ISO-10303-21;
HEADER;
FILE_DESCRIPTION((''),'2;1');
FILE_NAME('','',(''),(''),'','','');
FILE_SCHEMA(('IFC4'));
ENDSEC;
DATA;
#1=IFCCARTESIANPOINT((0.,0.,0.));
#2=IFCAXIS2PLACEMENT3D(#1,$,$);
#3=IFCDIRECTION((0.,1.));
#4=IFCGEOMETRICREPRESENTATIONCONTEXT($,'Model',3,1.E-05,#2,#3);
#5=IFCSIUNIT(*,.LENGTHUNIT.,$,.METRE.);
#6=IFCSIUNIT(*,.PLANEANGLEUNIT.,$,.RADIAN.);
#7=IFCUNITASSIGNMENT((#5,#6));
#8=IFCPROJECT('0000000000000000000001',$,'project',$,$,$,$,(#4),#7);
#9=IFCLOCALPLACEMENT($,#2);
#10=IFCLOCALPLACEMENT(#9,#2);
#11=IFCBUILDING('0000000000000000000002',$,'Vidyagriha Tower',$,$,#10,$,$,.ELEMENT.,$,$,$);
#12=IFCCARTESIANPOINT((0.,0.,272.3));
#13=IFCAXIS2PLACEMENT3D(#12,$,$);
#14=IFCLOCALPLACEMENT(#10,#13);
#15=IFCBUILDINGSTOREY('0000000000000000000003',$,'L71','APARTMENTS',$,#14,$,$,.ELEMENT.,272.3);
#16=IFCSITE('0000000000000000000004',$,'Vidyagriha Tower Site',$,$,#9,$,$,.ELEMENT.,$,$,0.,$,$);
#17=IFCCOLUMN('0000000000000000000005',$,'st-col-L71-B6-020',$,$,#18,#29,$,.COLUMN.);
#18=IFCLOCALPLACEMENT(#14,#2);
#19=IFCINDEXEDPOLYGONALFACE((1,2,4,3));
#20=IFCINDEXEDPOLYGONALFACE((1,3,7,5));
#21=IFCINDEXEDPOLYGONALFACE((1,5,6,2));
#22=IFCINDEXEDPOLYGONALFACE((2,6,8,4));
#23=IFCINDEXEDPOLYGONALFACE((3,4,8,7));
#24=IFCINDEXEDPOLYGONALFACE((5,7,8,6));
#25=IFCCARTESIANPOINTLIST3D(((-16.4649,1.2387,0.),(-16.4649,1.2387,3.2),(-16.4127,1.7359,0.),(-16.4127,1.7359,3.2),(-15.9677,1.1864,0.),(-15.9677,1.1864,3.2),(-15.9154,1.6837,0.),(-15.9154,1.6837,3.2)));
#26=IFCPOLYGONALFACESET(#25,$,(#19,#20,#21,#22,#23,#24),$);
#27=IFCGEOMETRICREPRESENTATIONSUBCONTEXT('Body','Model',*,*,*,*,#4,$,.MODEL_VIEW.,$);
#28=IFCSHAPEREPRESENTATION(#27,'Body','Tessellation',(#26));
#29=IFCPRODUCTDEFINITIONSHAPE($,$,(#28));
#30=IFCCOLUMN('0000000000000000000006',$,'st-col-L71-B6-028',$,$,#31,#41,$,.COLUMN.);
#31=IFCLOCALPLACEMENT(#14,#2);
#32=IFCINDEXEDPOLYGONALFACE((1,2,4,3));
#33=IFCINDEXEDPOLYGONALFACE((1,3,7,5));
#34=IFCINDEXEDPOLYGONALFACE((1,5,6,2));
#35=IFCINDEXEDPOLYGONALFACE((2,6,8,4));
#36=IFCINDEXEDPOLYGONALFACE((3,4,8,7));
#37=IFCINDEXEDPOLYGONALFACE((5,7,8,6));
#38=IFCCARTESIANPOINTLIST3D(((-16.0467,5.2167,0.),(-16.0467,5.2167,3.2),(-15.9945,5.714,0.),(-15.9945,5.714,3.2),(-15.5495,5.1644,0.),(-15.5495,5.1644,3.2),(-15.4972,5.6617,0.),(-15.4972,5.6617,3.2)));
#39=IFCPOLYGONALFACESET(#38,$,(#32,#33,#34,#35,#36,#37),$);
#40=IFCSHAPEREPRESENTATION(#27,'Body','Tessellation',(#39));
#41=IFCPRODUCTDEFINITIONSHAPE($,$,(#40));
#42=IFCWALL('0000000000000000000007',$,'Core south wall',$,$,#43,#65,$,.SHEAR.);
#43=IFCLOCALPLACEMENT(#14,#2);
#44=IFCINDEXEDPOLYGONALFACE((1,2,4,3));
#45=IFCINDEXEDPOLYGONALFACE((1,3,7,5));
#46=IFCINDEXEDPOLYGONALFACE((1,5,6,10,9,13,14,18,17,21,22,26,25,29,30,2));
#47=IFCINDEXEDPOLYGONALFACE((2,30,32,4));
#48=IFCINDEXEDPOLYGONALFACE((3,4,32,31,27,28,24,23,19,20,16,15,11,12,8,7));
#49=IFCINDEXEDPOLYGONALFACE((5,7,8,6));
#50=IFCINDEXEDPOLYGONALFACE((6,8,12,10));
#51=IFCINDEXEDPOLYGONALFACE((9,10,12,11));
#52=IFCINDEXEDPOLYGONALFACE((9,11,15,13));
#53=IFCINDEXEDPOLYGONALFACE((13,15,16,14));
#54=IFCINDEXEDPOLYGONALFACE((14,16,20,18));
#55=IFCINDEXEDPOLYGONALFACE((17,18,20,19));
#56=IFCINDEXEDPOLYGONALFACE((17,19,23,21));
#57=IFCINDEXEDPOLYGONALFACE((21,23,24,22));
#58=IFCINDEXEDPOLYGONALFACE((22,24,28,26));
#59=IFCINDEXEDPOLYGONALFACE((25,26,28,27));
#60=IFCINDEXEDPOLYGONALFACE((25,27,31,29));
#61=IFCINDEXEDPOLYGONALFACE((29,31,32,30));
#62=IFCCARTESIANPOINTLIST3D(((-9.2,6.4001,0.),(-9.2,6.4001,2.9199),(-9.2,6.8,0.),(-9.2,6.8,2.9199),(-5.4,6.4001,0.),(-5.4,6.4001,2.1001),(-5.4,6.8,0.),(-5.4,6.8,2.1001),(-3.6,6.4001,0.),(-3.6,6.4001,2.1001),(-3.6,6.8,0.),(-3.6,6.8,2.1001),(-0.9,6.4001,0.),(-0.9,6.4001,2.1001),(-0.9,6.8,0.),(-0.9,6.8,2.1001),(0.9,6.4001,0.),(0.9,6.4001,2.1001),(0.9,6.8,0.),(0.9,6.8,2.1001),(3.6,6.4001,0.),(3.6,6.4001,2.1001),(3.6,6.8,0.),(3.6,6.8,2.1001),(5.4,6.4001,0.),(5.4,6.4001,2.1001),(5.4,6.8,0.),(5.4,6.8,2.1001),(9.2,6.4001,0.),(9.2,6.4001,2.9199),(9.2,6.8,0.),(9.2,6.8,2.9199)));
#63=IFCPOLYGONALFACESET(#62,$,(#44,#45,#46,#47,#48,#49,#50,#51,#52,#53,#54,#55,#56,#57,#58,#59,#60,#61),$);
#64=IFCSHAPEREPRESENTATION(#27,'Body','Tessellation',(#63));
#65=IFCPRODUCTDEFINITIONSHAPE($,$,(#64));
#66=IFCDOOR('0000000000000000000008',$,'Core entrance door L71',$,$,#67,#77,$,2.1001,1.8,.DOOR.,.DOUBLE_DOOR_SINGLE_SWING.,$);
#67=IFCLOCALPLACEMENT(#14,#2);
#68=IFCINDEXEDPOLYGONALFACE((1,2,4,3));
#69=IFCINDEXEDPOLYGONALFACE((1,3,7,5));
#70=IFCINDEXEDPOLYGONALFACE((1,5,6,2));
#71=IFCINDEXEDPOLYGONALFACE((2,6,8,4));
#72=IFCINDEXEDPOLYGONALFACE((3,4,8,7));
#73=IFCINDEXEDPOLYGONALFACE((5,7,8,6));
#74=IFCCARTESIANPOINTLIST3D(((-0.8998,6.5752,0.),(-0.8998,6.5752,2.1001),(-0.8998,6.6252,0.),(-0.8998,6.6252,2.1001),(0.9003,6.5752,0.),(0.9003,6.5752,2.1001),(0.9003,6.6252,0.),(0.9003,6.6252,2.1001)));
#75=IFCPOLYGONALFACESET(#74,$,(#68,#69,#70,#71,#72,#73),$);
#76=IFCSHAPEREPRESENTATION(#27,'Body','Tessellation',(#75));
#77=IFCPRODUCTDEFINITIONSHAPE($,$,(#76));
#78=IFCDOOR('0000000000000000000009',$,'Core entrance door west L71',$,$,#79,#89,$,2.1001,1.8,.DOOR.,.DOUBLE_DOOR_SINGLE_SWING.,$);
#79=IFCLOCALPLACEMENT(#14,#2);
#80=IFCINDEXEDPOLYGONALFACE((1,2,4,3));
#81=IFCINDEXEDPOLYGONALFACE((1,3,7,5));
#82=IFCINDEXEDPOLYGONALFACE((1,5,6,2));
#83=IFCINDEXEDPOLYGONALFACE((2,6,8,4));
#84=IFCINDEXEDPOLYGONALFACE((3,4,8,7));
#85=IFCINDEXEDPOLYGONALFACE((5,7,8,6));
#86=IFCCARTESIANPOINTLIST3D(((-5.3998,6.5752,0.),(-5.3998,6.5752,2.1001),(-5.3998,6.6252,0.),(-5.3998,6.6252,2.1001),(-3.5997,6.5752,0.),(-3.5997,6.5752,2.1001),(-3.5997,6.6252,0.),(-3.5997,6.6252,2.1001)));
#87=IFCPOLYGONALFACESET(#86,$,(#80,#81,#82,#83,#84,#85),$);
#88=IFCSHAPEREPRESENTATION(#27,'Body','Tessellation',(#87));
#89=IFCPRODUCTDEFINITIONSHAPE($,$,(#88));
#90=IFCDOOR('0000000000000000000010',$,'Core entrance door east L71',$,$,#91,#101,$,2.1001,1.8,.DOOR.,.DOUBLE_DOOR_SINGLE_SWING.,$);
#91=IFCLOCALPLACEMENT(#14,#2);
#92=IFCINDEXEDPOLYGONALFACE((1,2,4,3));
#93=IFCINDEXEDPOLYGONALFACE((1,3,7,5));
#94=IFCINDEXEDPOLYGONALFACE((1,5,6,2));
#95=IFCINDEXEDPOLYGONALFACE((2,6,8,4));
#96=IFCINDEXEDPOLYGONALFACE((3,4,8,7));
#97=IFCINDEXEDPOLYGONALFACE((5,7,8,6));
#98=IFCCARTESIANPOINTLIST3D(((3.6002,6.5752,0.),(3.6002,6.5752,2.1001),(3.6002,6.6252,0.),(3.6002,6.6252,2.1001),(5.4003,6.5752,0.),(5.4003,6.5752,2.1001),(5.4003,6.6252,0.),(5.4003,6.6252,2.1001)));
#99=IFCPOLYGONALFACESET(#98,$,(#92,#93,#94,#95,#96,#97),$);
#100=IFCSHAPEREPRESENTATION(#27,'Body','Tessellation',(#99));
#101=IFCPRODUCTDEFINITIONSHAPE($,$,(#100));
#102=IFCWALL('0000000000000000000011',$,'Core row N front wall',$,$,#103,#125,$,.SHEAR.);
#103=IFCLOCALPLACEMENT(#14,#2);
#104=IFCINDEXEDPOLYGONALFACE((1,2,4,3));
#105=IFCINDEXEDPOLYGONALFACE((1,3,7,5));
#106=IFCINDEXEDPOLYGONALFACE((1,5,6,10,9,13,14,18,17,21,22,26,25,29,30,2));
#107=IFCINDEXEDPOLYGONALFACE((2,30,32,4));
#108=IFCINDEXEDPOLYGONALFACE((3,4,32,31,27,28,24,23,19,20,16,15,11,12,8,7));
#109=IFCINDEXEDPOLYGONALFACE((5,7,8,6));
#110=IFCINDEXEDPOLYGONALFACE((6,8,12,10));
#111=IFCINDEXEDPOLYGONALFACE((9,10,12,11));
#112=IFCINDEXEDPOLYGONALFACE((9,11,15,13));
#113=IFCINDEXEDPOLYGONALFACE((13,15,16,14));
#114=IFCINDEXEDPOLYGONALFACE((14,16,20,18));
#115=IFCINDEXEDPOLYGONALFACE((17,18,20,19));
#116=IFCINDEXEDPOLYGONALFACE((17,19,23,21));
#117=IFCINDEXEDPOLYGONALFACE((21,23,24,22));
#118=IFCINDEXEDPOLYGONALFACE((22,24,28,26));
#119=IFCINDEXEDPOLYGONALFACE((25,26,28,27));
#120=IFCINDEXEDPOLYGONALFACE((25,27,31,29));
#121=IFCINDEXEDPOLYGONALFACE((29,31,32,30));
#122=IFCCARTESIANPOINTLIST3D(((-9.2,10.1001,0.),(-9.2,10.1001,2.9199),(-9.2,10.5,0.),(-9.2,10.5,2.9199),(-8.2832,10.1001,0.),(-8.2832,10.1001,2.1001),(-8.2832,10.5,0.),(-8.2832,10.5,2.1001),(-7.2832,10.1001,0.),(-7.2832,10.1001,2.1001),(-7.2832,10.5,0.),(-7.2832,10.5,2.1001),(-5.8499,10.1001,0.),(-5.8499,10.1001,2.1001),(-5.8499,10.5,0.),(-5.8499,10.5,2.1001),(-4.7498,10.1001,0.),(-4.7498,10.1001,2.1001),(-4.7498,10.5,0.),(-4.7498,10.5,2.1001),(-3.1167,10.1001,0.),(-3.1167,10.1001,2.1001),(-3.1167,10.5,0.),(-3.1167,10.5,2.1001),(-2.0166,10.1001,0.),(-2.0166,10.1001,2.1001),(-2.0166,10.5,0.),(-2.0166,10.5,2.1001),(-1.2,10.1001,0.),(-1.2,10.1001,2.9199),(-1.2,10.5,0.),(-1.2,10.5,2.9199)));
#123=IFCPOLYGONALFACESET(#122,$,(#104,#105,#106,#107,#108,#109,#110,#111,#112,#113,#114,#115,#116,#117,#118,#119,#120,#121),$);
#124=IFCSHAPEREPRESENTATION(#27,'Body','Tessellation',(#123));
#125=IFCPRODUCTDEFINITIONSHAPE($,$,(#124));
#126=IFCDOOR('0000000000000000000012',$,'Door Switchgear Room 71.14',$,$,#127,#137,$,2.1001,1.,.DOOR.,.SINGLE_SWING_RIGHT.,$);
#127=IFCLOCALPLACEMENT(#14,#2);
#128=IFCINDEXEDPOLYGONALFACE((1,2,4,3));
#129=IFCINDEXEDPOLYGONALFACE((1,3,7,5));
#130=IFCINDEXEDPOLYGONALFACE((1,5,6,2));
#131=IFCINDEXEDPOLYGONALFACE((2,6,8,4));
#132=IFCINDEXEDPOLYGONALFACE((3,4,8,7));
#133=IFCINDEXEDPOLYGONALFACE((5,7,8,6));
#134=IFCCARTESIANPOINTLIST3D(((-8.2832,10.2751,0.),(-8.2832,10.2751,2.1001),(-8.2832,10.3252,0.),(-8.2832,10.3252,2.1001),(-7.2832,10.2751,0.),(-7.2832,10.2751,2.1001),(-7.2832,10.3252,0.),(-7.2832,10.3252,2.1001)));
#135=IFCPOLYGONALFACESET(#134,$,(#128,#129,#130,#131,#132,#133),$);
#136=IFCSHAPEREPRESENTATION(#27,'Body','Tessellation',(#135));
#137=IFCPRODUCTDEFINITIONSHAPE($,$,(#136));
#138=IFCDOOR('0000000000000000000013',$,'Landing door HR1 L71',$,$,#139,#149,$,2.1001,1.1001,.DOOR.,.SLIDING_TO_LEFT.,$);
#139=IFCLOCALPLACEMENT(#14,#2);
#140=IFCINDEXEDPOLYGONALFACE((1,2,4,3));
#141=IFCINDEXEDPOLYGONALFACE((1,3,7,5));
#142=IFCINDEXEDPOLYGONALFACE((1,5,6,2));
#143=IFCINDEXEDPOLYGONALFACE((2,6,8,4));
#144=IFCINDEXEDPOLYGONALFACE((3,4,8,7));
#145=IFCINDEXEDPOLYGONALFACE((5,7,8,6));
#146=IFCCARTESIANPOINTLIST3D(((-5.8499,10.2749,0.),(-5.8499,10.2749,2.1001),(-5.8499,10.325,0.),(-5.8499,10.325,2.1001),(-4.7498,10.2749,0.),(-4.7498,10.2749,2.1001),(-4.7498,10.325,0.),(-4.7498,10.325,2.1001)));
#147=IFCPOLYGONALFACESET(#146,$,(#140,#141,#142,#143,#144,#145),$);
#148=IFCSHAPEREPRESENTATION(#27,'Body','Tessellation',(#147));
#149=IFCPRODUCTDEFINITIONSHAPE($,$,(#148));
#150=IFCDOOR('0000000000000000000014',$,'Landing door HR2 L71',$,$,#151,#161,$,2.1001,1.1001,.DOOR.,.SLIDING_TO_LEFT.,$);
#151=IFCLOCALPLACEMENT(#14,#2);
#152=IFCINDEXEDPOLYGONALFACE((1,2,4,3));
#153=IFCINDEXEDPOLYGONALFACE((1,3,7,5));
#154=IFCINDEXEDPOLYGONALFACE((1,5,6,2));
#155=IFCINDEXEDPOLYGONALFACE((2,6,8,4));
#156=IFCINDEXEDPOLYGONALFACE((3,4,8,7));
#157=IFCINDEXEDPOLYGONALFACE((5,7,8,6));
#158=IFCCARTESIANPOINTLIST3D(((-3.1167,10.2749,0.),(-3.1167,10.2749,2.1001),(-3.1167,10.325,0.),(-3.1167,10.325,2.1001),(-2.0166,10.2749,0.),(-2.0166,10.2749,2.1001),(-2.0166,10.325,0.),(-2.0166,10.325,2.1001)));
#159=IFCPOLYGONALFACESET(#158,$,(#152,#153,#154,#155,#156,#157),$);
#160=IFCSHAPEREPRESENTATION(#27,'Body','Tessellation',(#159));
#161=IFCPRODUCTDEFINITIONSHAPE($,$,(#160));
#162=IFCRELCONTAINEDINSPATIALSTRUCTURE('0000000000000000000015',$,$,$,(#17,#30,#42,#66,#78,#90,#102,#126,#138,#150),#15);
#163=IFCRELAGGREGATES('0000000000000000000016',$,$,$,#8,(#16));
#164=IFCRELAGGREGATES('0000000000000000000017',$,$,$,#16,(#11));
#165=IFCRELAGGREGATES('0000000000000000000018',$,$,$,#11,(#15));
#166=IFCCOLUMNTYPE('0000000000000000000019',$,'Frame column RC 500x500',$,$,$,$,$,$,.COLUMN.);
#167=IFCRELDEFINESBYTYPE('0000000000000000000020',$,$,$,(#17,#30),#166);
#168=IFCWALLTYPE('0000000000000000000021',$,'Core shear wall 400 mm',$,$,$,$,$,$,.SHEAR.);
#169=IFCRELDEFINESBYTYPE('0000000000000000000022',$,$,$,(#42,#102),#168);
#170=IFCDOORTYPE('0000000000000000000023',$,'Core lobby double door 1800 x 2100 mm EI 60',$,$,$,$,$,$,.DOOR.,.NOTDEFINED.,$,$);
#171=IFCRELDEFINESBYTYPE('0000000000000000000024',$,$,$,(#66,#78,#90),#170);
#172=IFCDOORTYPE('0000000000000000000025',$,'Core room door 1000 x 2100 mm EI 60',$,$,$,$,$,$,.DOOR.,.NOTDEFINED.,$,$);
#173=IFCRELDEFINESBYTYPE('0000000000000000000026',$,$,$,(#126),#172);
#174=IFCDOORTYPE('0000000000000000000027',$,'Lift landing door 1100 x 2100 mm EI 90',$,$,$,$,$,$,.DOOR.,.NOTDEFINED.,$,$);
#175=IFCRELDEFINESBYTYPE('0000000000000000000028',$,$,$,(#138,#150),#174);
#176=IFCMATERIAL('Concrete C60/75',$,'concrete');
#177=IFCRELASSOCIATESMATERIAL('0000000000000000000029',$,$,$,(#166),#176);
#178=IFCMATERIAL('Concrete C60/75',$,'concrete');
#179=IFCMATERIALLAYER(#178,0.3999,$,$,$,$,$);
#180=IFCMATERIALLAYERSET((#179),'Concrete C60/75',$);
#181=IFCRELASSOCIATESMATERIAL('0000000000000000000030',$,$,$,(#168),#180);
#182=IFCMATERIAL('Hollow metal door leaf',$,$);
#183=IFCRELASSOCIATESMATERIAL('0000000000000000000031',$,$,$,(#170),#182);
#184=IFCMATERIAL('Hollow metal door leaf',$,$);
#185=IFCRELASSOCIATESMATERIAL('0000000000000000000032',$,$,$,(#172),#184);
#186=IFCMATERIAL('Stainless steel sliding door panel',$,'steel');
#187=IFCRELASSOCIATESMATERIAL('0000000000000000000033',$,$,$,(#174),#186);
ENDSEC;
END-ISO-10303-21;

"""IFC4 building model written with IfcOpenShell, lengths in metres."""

from ifc_helpers import new_model, si_unit, direction, frame, frame_2d, origin, origin_2d, place, context, subcontext, project, spatial, rectangle, extrude, material, layer, layer_set, material_profile, profile_set, type_object, element, fill, save


model = new_model("IFC4")

# Units and contexts
model_context = context("Model", 3, precision=1e-05, world=origin(), true_north=direction((0.0, 1.0)))
body_context = subcontext(model_context, "Body", "Model", "MODEL_VIEW")
ifc_project = project(units=[si_unit("LENGTHUNIT", "METRE"), si_unit("PLANEANGLEUNIT", "RADIAN")], contexts=[model_context])

# Site, building, storey
site_placement = place(None, origin())
site = spatial("IfcSite", under=ifc_project, at=site_placement, Name="Vidyagriha Tower Site", CompositionType="ELEMENT", RefElevation=0.0)
building_placement = place(site_placement, origin())
building = spatial("IfcBuilding", under=site, at=building_placement, Name="Vidyagriha Tower", CompositionType="ELEMENT")
storey_placement = place(building_placement, frame((0.0, 0.0, 272.3)))
storey = spatial("IfcBuildingStorey", under=building, at=storey_placement, Name="L71", Description="APARTMENTS", CompositionType="ELEMENT", Elevation=272.3)

# Columns
ifc_material_1 = material(Name="Concrete C60/75", Category="concrete")
ifc_material_profile = material_profile(ifc_material_1, rectangle(XDim=0.5, YDim=0.5, at=origin_2d()), Name="RC 500x500")
ifc_profile_set = profile_set([ifc_material_profile], Name="Concrete C60/75")
column_type = type_object("IfcColumnType", Name="Frame column RC 500x500", PredefinedType="COLUMN", material=ifc_profile_set)
for number, where, z_axis, x_axis, name in (
    (1, (-16.1902, 1.4612, 0.0), (0.0, 0.0, 1.0), (0.994522, -0.104528, 0.0), "st-col-L71-B6-020"),
    (2, (-15.772, 5.4392, 0.0), (0.0, 0.0, 1.0), (0.994522, -0.104528, 0.0), "st-col-L71-B6-028"),
):
    element("IfcColumn", number, at=place(storey_placement, frame(where, z_axis=z_axis, x_axis=x_axis)), inside=storey, type_object=column_type, Name=name, PredefinedType="COLUMN", context=body_context, shape_type="SweptSolid", body=[
        extrude(rectangle(XDim=0.5, YDim=0.5, at=origin_2d()), origin(), (0.0, 0.0, 1.0), 3.2),
    ])

# Walls, openings, doors
ifc_material_2 = material(Name="Concrete C60/75", Category="concrete")
ifc_layer_1 = layer(ifc_material_2, 0.3999)
ifc_layer_set_1 = layer_set([ifc_layer_1], Name="Concrete C60/75")
wall_type_1 = type_object("IfcWallType", Name="Core shear wall 400 mm", PredefinedType="SHEAR", material=ifc_layer_set_1)
wall_1_placement = place(storey_placement, frame((-9.2, 6.6001, 0.0)))
wall_1 = element("IfcWall", 3, at=wall_1_placement, inside=storey, type_object=wall_type_1, Name="Core south wall", PredefinedType="SHEAR", context=body_context, shape_type="SweptSolid", body=[
    extrude(rectangle(XDim=18.3999, YDim=0.3999, at=frame_2d((9.2, 0.0))), origin(), (0.0, 0.0, 1.0), 2.9199),
])
opening_1_placement = place(wall_1_placement, frame((8.3, 0.0, 0.0)))
opening_1 = element("IfcOpeningElement", 4, at=opening_1_placement, cuts=wall_1, PredefinedType="OPENING", context=body_context, shape_type="SweptSolid", body=[
    extrude(rectangle(XDim=1.8, YDim=2.1001, at=frame_2d((0.8999, 1.05))), frame((0.0, 0.21, 0.0), z_axis=(0.0, -1.0, 0.0), x_axis=(1.0, 0.0, 0.0)), (0.0, 0.0, 1.0), 0.4199),
])
opening_2_placement = place(wall_1_placement, frame((3.8, 0.0, 0.0)))
opening_2 = element("IfcOpeningElement", 5, at=opening_2_placement, cuts=wall_1, PredefinedType="OPENING", context=body_context, shape_type="SweptSolid", body=[
    extrude(rectangle(XDim=1.8, YDim=2.1001, at=frame_2d((0.8999, 1.05))), frame((0.0, 0.21, 0.0), z_axis=(0.0, -1.0, 0.0), x_axis=(1.0, 0.0, 0.0)), (0.0, 0.0, 1.0), 0.4199),
])
opening_3_placement = place(wall_1_placement, frame((12.8, 0.0, 0.0)))
opening_3 = element("IfcOpeningElement", 6, at=opening_3_placement, cuts=wall_1, PredefinedType="OPENING", context=body_context, shape_type="SweptSolid", body=[
    extrude(rectangle(XDim=1.8, YDim=2.1001, at=frame_2d((0.8999, 1.05))), frame((0.0, 0.21, 0.0), z_axis=(0.0, -1.0, 0.0), x_axis=(1.0, 0.0, 0.0)), (0.0, 0.0, 1.0), 0.4199),
])
ifc_material_3 = material(Name="Hollow metal door leaf")
door_type_1 = type_object("IfcDoorType", Name="Core lobby double door 1800 x 2100 mm EI 60", OperationType="NOTDEFINED", PredefinedType="DOOR", material=ifc_material_3)
door_1_placement = place(opening_1_placement, frame((1.8, 0.0, 0.0), z_axis=(0.0, 0.0, 1.0), x_axis=(-1.0, 0.0, 0.0)))
door_1 = element("IfcDoor", 7, at=door_1_placement, inside=storey, type_object=door_type_1, Name="Core entrance door L71", OperationType="DOUBLE_DOOR_SINGLE_SWING", OverallHeight=2.1001, OverallWidth=1.8, PredefinedType="DOOR", context=body_context, shape_type="SweptSolid", body=[
    extrude(rectangle(XDim=1.8, YDim=2.1001, at=frame_2d((0.8999, 1.05))), frame((0.0, 0.0249, 0.0), z_axis=(0.0, -1.0, 0.0), x_axis=(1.0, 0.0, 0.0)), (0.0, 0.0, 1.0), 0.05),
])
fill(opening_1, door_1)
door_2_placement = place(opening_2_placement, frame((1.8, 0.0, 0.0), z_axis=(0.0, 0.0, 1.0), x_axis=(-1.0, 0.0, 0.0)))
door_2 = element("IfcDoor", 8, at=door_2_placement, inside=storey, type_object=door_type_1, Name="Core entrance door west L71", OperationType="DOUBLE_DOOR_SINGLE_SWING", OverallHeight=2.1001, OverallWidth=1.8, PredefinedType="DOOR", context=body_context, shape_type="SweptSolid", body=[
    extrude(rectangle(XDim=1.8, YDim=2.1001, at=frame_2d((0.8999, 1.05))), frame((0.0, 0.0249, 0.0), z_axis=(0.0, -1.0, 0.0), x_axis=(1.0, 0.0, 0.0)), (0.0, 0.0, 1.0), 0.05),
])
fill(opening_2, door_2)
door_3_placement = place(opening_3_placement, frame((1.8, 0.0, 0.0), z_axis=(0.0, 0.0, 1.0), x_axis=(-1.0, 0.0, 0.0)))
door_3 = element("IfcDoor", 9, at=door_3_placement, inside=storey, type_object=door_type_1, Name="Core entrance door east L71", OperationType="DOUBLE_DOOR_SINGLE_SWING", OverallHeight=2.1001, OverallWidth=1.8, PredefinedType="DOOR", context=body_context, shape_type="SweptSolid", body=[
    extrude(rectangle(XDim=1.8, YDim=2.1001, at=frame_2d((0.8999, 1.05))), frame((0.0, 0.0249, 0.0), z_axis=(0.0, -1.0, 0.0), x_axis=(1.0, 0.0, 0.0)), (0.0, 0.0, 1.0), 0.05),
])
fill(opening_3, door_3)
wall_2_placement = place(storey_placement, frame((-9.2, 10.3, 0.0)))
wall_2 = element("IfcWall", 10, at=wall_2_placement, inside=storey, type_object=wall_type_1, Name="Core row N front wall", PredefinedType="SHEAR", context=body_context, shape_type="SweptSolid", body=[
    extrude(rectangle(XDim=8.0, YDim=0.3999, at=frame_2d((4.0, 0.0))), origin(), (0.0, 0.0, 1.0), 2.9199),
])
opening_4_placement = place(wall_2_placement, frame((3.3501, 0.0, 0.0)))
opening_4 = element("IfcOpeningElement", 11, at=opening_4_placement, cuts=wall_2, PredefinedType="OPENING", context=body_context, shape_type="SweptSolid", body=[
    extrude(rectangle(XDim=1.1001, YDim=2.1001, at=frame_2d((0.55, 1.05))), frame((0.0, 0.21, 0.0), z_axis=(0.0, -1.0, 0.0), x_axis=(1.0, 0.0, 0.0)), (0.0, 0.0, 1.0), 0.4199),
])
opening_5_placement = place(wall_2_placement, frame((6.0833, 0.0, 0.0)))
opening_5 = element("IfcOpeningElement", 12, at=opening_5_placement, cuts=wall_2, PredefinedType="OPENING", context=body_context, shape_type="SweptSolid", body=[
    extrude(rectangle(XDim=1.1001, YDim=2.1001, at=frame_2d((0.55, 1.05))), frame((0.0, 0.21, 0.0), z_axis=(0.0, -1.0, 0.0), x_axis=(1.0, 0.0, 0.0)), (0.0, 0.0, 1.0), 0.4199),
])
opening_6_placement = place(wall_2_placement, frame((0.9167, 0.0, 0.0)))
opening_6 = element("IfcOpeningElement", 13, at=opening_6_placement, cuts=wall_2, PredefinedType="OPENING", context=body_context, shape_type="SweptSolid", body=[
    extrude(rectangle(XDim=1.0, YDim=2.1001, at=frame_2d((0.5, 1.05))), frame((0.0, 0.21, 0.0), z_axis=(0.0, -1.0, 0.0), x_axis=(1.0, 0.0, 0.0)), (0.0, 0.0, 1.0), 0.4199),
])
ifc_material_4 = material(Name="Hollow metal door leaf")
door_type_2 = type_object("IfcDoorType", Name="Core room door 1000 x 2100 mm EI 60", OperationType="NOTDEFINED", PredefinedType="DOOR", material=ifc_material_4)
door_4_placement = place(opening_6_placement, frame((1.0, 0.0, 0.0), z_axis=(0.0, 0.0, 1.0), x_axis=(-1.0, 0.0, 0.0)))
door_4 = element("IfcDoor", 14, at=door_4_placement, inside=storey, type_object=door_type_2, Name="Door Switchgear Room 71.14", OperationType="SINGLE_SWING_RIGHT", OverallHeight=2.1001, OverallWidth=1.0, PredefinedType="DOOR", context=body_context, shape_type="SweptSolid", body=[
    extrude(rectangle(XDim=1.0, YDim=2.1001, at=frame_2d((0.5, 1.05))), frame((0.0, 0.0249, 0.0), z_axis=(0.0, -1.0, 0.0), x_axis=(1.0, 0.0, 0.0)), (0.0, 0.0, 1.0), 0.05),
])
fill(opening_6, door_4)
ifc_material_5 = material(Name="Stainless steel sliding door panel", Category="steel")
door_type_3 = type_object("IfcDoorType", Name="Lift landing door 1100 x 2100 mm EI 90", OperationType="NOTDEFINED", PredefinedType="DOOR", material=ifc_material_5)
door_5_placement = place(opening_4_placement, origin())
door_5 = element("IfcDoor", 15, at=door_5_placement, inside=storey, type_object=door_type_3, Name="Landing door HR1 L71", OperationType="SLIDING_TO_LEFT", OverallHeight=2.1001, OverallWidth=1.1001, PredefinedType="DOOR", context=body_context, shape_type="SweptSolid", body=[
    extrude(rectangle(XDim=1.1001, YDim=2.1001, at=frame_2d((0.55, 1.05))), frame((0.0, 0.0249, 0.0), z_axis=(0.0, -1.0, 0.0), x_axis=(1.0, 0.0, 0.0)), (0.0, 0.0, 1.0), 0.05),
])
fill(opening_4, door_5)
door_6_placement = place(opening_5_placement, origin())
door_6 = element("IfcDoor", 16, at=door_6_placement, inside=storey, type_object=door_type_3, Name="Landing door HR2 L71", OperationType="SLIDING_TO_LEFT", OverallHeight=2.1001, OverallWidth=1.1001, PredefinedType="DOOR", context=body_context, shape_type="SweptSolid", body=[
    extrude(rectangle(XDim=1.1001, YDim=2.1001, at=frame_2d((0.55, 1.05))), frame((0.0, 0.0249, 0.0), z_axis=(0.0, -1.0, 0.0), x_axis=(1.0, 0.0, 0.0)), (0.0, 0.0, 1.0), 0.05),
])
fill(opening_5, door_6)

save(model, "model.ifc")
